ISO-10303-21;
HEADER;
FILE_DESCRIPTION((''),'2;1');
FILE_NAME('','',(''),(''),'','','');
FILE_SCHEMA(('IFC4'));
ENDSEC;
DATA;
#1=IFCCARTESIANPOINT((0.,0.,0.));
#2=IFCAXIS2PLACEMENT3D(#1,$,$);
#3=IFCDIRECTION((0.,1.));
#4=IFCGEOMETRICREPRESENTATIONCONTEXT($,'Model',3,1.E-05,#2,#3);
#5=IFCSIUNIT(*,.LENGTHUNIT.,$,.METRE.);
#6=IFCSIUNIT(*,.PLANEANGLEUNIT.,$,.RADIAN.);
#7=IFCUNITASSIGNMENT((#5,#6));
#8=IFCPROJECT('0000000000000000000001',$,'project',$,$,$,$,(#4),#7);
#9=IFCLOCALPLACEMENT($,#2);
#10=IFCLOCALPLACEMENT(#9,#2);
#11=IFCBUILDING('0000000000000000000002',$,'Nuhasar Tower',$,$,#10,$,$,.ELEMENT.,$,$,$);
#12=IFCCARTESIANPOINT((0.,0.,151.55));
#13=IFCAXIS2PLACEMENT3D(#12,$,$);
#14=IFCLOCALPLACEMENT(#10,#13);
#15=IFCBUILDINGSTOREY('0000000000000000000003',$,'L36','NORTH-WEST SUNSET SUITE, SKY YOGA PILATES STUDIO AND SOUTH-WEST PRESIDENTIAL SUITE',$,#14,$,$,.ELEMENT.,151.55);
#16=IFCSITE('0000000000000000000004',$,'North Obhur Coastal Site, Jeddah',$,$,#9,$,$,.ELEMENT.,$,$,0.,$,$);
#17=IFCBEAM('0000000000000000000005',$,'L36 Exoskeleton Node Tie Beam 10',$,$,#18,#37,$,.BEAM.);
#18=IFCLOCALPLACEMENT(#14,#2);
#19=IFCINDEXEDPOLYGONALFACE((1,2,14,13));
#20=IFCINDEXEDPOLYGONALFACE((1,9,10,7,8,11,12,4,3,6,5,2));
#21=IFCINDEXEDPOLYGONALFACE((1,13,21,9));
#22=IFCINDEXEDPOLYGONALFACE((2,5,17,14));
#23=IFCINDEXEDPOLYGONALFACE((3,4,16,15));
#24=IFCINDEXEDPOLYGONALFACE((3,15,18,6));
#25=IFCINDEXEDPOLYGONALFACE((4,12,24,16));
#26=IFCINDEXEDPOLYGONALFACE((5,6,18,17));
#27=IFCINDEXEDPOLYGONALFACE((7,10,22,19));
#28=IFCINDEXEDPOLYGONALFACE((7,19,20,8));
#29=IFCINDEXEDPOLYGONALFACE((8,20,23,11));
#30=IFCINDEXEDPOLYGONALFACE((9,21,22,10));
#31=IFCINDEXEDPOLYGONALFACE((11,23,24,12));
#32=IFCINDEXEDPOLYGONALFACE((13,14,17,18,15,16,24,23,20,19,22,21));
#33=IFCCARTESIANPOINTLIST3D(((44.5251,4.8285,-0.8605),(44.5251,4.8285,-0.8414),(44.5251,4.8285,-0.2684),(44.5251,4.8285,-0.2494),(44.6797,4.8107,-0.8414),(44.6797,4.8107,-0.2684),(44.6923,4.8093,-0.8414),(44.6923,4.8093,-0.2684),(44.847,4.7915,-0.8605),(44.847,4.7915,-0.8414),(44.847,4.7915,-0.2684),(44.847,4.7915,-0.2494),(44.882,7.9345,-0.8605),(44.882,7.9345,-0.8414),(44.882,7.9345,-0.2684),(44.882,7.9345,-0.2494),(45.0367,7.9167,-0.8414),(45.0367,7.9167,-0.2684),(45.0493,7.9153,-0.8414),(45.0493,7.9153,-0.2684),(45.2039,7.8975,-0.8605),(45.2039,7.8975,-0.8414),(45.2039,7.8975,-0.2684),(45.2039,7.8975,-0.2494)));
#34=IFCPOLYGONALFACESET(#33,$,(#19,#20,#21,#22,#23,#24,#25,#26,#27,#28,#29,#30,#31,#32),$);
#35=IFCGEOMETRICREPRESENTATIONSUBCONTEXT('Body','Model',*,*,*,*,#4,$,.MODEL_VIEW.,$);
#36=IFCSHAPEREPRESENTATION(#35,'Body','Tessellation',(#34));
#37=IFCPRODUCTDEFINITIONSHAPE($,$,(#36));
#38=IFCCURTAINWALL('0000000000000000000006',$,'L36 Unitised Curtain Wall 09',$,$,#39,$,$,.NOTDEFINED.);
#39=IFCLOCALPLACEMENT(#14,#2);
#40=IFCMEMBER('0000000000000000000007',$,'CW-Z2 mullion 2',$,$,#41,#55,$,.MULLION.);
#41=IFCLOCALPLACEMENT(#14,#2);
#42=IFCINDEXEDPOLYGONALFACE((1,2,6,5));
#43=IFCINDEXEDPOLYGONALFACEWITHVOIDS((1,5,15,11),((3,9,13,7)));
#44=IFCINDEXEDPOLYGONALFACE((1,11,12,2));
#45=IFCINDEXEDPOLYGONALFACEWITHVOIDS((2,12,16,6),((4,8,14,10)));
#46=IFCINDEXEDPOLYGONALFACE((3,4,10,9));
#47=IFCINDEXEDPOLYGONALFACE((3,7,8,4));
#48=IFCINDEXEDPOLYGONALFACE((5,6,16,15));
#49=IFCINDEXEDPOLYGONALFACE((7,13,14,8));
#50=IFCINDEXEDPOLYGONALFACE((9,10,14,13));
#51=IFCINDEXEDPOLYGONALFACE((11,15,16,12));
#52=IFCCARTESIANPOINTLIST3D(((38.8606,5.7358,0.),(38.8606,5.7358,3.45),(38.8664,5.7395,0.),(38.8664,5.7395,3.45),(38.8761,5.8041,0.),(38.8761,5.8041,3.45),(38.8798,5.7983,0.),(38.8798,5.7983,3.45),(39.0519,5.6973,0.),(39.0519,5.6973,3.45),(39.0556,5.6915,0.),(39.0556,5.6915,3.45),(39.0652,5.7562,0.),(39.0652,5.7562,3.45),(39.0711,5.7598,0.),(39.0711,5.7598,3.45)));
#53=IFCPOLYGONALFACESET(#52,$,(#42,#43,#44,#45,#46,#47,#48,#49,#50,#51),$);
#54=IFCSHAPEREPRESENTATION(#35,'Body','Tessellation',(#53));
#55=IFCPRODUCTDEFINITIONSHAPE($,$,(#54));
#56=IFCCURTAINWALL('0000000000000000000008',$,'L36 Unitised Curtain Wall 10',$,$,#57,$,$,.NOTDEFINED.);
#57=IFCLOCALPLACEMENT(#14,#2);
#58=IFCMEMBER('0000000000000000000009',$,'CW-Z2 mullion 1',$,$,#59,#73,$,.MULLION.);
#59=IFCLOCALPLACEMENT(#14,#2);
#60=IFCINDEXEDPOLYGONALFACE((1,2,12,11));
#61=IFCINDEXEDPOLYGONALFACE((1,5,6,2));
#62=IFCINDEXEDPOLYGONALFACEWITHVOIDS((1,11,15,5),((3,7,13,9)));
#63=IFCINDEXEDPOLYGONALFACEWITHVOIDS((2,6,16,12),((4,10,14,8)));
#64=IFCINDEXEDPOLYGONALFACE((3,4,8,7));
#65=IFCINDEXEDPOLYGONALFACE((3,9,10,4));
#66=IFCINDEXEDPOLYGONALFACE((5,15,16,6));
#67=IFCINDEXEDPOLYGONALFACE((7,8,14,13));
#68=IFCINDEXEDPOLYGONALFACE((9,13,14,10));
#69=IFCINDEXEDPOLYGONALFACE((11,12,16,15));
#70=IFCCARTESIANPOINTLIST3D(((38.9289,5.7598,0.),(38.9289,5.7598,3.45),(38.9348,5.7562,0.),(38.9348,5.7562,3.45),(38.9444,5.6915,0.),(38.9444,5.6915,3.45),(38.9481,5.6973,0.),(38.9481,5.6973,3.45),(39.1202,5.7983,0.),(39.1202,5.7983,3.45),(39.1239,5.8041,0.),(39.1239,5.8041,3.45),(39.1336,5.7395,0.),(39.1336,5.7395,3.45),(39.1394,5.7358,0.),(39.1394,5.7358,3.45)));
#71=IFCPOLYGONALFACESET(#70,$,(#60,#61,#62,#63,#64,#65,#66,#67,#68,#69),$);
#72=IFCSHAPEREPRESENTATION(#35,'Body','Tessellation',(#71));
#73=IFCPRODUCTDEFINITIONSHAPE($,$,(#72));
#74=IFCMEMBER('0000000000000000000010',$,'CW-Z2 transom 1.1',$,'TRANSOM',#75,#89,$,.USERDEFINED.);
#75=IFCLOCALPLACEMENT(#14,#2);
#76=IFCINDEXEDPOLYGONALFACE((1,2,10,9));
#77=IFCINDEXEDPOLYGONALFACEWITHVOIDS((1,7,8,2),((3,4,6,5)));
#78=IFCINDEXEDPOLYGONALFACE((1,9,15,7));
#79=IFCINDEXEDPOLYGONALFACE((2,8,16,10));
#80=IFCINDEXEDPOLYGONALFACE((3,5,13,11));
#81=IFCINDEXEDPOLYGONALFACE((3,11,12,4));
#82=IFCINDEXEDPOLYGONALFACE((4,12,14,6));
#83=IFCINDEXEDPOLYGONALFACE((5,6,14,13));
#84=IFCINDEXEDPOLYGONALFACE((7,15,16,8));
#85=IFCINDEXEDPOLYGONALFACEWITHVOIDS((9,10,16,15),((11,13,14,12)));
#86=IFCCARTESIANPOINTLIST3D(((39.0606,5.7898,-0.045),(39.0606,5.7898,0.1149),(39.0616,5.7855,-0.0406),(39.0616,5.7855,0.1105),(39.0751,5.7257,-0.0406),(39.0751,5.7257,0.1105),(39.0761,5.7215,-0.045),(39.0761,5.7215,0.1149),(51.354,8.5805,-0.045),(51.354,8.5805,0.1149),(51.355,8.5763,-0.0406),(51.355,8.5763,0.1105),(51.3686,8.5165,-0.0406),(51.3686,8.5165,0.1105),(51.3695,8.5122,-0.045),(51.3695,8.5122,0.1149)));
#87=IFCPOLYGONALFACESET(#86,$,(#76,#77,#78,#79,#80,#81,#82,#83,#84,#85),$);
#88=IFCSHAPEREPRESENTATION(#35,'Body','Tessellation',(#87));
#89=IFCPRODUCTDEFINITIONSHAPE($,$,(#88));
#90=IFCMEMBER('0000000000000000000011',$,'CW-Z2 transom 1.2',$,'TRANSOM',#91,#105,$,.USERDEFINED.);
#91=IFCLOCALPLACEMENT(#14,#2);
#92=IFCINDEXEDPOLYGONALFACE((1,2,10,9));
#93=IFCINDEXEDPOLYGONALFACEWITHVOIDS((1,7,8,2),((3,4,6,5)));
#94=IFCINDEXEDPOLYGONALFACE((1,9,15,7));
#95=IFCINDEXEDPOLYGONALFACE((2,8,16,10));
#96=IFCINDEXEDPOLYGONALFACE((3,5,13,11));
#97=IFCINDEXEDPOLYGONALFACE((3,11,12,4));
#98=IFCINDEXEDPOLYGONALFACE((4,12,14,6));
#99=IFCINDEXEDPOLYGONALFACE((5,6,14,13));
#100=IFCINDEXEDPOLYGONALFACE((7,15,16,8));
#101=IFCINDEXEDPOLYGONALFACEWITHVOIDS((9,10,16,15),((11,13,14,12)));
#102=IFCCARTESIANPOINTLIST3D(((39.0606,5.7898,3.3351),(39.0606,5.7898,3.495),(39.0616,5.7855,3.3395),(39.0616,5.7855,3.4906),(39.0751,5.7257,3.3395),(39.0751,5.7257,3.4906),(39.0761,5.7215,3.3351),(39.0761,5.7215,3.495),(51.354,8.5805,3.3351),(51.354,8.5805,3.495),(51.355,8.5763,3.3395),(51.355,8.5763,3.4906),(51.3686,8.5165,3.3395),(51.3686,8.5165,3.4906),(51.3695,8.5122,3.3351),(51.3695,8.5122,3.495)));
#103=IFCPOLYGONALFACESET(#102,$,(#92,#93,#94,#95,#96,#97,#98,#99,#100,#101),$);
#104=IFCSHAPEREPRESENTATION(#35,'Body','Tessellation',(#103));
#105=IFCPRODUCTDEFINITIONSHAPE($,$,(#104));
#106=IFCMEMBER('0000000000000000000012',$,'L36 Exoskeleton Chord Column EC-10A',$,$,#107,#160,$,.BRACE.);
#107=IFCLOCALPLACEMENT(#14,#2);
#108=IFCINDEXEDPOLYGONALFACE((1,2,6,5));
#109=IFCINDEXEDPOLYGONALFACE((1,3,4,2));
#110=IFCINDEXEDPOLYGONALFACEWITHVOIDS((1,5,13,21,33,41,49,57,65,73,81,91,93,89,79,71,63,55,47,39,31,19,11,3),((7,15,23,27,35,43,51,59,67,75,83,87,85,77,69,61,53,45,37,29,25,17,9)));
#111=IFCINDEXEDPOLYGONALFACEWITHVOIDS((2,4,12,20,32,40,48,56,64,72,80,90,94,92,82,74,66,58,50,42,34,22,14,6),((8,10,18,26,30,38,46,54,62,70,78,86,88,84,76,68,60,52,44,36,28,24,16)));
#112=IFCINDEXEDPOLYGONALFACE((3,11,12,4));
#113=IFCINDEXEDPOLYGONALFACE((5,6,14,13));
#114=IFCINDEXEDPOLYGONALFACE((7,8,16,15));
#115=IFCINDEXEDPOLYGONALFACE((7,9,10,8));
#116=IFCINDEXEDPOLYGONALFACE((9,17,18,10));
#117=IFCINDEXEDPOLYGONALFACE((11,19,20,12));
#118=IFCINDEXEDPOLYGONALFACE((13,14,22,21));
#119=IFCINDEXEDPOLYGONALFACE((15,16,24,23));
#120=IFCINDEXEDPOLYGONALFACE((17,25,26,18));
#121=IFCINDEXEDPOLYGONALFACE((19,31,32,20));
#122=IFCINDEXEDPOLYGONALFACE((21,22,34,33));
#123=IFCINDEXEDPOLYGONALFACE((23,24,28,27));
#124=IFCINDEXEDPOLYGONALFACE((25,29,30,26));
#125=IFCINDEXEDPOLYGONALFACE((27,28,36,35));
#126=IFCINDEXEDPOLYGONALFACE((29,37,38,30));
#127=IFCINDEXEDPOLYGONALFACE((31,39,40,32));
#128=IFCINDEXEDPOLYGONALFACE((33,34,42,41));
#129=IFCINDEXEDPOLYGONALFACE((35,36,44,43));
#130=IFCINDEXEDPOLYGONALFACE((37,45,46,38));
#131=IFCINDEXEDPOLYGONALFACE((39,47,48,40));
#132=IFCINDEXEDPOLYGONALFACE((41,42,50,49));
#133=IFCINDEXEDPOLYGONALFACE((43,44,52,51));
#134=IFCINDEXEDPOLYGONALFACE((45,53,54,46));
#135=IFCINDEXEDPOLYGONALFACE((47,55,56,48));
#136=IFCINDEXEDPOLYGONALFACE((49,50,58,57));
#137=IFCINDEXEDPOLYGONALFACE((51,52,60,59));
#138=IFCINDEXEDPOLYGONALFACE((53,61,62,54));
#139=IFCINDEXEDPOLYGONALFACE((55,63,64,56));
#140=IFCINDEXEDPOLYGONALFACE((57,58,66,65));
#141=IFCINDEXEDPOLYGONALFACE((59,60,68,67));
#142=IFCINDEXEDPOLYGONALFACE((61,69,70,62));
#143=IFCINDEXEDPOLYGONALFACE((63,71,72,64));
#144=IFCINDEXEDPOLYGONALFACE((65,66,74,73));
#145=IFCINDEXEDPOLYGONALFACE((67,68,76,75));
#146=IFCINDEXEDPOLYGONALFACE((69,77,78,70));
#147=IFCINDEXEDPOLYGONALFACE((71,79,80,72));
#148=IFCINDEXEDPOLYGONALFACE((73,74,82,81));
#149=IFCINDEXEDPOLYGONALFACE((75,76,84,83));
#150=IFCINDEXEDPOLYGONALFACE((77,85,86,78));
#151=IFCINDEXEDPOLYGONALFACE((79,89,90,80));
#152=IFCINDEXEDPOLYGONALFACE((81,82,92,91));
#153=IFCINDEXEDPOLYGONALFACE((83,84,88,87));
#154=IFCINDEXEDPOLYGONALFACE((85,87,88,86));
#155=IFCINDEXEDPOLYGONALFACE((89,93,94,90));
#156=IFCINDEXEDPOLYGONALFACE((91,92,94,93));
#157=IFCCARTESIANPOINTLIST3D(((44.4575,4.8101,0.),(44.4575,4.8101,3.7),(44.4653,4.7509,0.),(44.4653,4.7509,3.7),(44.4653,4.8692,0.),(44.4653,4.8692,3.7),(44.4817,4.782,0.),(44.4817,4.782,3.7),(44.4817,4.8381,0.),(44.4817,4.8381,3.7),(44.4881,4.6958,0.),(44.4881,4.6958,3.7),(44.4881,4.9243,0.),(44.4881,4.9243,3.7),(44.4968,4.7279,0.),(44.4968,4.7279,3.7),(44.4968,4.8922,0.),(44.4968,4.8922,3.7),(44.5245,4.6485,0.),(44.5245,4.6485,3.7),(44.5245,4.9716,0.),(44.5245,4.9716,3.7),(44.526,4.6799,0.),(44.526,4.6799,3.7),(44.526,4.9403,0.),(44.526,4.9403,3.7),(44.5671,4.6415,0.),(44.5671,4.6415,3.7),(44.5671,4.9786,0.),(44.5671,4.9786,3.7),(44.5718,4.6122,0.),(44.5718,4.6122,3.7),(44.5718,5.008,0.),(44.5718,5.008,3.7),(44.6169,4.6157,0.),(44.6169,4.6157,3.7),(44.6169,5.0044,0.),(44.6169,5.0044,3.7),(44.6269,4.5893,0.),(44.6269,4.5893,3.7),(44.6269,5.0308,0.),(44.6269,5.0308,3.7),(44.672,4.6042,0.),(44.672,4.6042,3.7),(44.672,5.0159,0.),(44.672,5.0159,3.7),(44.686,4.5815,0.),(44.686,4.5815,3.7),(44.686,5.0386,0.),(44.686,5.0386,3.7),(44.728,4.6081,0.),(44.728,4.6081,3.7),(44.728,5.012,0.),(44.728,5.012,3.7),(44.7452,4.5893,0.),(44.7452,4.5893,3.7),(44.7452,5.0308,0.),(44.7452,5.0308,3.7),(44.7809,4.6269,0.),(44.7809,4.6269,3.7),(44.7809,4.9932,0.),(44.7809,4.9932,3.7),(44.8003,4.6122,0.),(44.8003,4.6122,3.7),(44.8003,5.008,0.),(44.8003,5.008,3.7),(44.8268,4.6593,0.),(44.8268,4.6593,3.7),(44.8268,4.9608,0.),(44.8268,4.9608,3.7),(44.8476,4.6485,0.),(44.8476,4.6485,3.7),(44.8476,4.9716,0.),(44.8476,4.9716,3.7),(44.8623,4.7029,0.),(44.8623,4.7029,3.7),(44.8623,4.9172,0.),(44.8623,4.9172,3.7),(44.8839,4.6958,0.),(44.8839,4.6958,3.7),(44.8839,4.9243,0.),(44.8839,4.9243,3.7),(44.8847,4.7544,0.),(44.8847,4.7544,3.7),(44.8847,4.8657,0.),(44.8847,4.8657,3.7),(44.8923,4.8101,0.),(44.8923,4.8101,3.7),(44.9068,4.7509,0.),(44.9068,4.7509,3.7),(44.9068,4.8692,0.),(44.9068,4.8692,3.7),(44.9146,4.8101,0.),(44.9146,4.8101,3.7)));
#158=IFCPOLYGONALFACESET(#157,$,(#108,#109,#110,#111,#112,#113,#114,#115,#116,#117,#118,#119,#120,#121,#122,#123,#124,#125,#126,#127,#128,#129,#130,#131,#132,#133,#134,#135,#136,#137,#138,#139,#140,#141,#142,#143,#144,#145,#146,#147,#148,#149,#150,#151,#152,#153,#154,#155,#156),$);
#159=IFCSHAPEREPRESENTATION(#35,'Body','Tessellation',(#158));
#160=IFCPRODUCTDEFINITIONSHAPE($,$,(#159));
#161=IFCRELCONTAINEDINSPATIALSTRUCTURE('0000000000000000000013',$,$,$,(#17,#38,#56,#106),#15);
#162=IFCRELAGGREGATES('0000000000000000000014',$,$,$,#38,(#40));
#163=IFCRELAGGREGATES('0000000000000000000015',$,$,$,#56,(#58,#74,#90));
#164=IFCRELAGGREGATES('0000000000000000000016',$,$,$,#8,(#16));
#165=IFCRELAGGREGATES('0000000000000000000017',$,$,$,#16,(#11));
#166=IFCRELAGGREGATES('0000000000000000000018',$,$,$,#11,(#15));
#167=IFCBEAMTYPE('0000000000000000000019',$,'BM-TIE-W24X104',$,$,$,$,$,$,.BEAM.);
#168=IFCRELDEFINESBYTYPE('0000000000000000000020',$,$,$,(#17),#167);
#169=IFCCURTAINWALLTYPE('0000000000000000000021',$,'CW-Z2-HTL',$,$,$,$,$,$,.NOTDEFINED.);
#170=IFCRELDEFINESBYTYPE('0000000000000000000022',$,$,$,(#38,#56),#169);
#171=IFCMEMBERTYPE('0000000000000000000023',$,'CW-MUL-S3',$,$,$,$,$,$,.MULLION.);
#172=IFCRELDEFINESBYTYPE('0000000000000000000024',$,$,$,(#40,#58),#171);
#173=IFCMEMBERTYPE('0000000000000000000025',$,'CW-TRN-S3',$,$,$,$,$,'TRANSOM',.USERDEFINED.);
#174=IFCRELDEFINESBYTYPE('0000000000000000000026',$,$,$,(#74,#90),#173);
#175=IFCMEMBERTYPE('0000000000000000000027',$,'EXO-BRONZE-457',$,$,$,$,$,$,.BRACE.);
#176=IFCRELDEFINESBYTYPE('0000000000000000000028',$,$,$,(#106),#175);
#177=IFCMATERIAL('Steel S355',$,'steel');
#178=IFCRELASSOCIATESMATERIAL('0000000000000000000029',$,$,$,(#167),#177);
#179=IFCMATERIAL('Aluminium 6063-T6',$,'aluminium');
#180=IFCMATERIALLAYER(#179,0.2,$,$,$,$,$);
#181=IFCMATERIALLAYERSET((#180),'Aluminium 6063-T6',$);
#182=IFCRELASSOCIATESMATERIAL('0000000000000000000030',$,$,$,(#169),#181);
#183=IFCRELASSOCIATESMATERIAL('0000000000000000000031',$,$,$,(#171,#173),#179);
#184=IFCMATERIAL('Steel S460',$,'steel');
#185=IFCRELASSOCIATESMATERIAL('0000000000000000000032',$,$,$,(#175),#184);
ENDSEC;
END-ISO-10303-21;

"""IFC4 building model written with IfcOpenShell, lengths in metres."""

from ifc_helpers import new_model, si_unit, direction, frame, origin, origin_2d, place, context, subcontext, project, spatial, hollow_rectangle, hollow_circle, i_section, extrude, material, layer, layer_set, material_profile, profile_set, type_object, element, aggregate, save


model = new_model("IFC4")

# Units and contexts
model_context = context("Model", 3, precision=1e-05, world=origin(), true_north=direction((0.0, 1.0)))
body_context = subcontext(model_context, "Body", "Model", "MODEL_VIEW")
ifc_project = project(units=[si_unit("LENGTHUNIT", "METRE"), si_unit("PLANEANGLEUNIT", "RADIAN")], contexts=[model_context])

# Site, building, storey
site_placement = place(None, origin())
site = spatial("IfcSite", under=ifc_project, at=site_placement, Name="North Obhur Coastal Site, Jeddah", CompositionType="ELEMENT", RefElevation=0.0)
building_placement = place(site_placement, origin())
building = spatial("IfcBuilding", under=site, at=building_placement, Name="Nuhasar Tower", CompositionType="ELEMENT")
storey_placement = place(building_placement, frame((0.0, 0.0, 151.55)))
storey = spatial("IfcBuildingStorey", under=building, at=storey_placement, Name="L36", Description="NORTH-WEST SUNSET SUITE, SKY YOGA PILATES STUDIO AND SOUTH-WEST PRESIDENTIAL SUITE", CompositionType="ELEMENT", Elevation=151.55)

# Beam
ifc_material_1 = material(Name="Steel S355", Category="steel")
ifc_material_profile_1 = material_profile(ifc_material_1, i_section(OverallWidth=0.324, OverallDepth=0.6111, WebThickness=0.0127, FlangeThickness=0.019, at=origin_2d()), Name="W24X104")
ifc_profile_set_1 = profile_set([ifc_material_profile_1], Name="Steel S355")
beam_type_1 = type_object("IfcBeamType", Name="BM-TIE-W24X104", PredefinedType="BEAM", material=ifc_profile_set_1)
beam_1_placement = place(storey_placement, frame((45.043, 7.916, -0.5549), z_axis=(-0.114168, -0.993461, 0.0), x_axis=(0.993461, -0.114168, 0.0)))
element("IfcBeam", 1, at=beam_1_placement, inside=storey, type_object=beam_type_1, Name="L36 Exoskeleton Node Tie Beam 10", PredefinedType="BEAM", context=body_context, shape_type="SweptSolid", body=[
    extrude(i_section(OverallWidth=0.324, OverallDepth=0.6111, WebThickness=0.0127, FlangeThickness=0.019, at=origin_2d()), origin(), (0.0, 0.0, 1.0), 3.1265),
])

# Curtain wall, member
ifc_material_2 = material(Name="Aluminium 6063-T6", Category="aluminium")
ifc_layer_1 = layer(ifc_material_2, 0.2)
ifc_layer_set_1 = layer_set([ifc_layer_1], Name="Aluminium 6063-T6")
curtain_wall_type = type_object("IfcCurtainWallType", Name="CW-Z2-HTL", PredefinedType="NOTDEFINED", material=ifc_layer_set_1)
curtain_wall_1_placement = place(storey_placement, origin())
curtain_wall_1 = element("IfcCurtainWall", 2, at=curtain_wall_1_placement, inside=storey, type_object=curtain_wall_type, Name="L36 Unitised Curtain Wall 09", PredefinedType="NOTDEFINED")
ifc_material_profile_2 = material_profile(ifc_material_2, hollow_rectangle(XDim=0.0701, YDim=0.2, WallThickness=0.0049, at=origin_2d()), Name="CWM-3")
ifc_profile_set_2 = profile_set([ifc_material_profile_2], Name="Aluminium 6063-T6")
member_type_1 = type_object("IfcMemberType", Name="CW-MUL-S3", PredefinedType="MULLION", material=ifc_profile_set_2)
member_1_placement = place(storey_placement, frame((38.9658, 5.7478, 0.0), z_axis=(0.0, 0.0, 1.0), x_axis=(0.221397, 0.975184, 0.0)))
member_1 = element("IfcMember", 3, at=member_1_placement, type_object=member_type_1, Name="CW-Z2 mullion 2", PredefinedType="MULLION", context=body_context, shape_type="SweptSolid", body=[
    extrude(hollow_rectangle(XDim=0.0701, YDim=0.2, WallThickness=0.0049, at=origin_2d()), origin(), (0.0, 0.0, 1.0), 3.45),
])
aggregate(curtain_wall_1, [member_1])

# Curtain wall, members
curtain_wall_2_placement = place(storey_placement, origin())
curtain_wall_2 = element("IfcCurtainWall", 4, at=curtain_wall_2_placement, inside=storey, type_object=curtain_wall_type, Name="L36 Unitised Curtain Wall 10", PredefinedType="NOTDEFINED")
member_2_placement = place(storey_placement, frame((39.0342, 5.7478, 0.0), z_axis=(0.0, 0.0, 1.0), x_axis=(-0.221397, 0.975184, 0.0)))
member_2 = element("IfcMember", 5, at=member_2_placement, type_object=member_type_1, Name="CW-Z2 mullion 1", PredefinedType="MULLION", context=body_context, shape_type="SweptSolid", body=[
    extrude(hollow_rectangle(XDim=0.0701, YDim=0.2, WallThickness=0.0049, at=origin_2d()), origin(), (0.0, 0.0, 1.0), 3.45),
])
ifc_material_profile_3 = material_profile(ifc_material_2, hollow_rectangle(XDim=0.0701, YDim=0.1599, WallThickness=0.0044, at=origin_2d()), Name="CWT-3")
ifc_profile_set_3 = profile_set([ifc_material_profile_3], Name="Aluminium 6063-T6")
member_type_2 = type_object("IfcMemberType", Name="CW-TRN-S3", ElementType="TRANSOM", PredefinedType="USERDEFINED", material=ifc_profile_set_3)
member_3_placement = place(storey_placement, frame((39.0684, 5.7556, 0.0349), z_axis=(0.975188, 0.22138, 0.0), x_axis=(-0.22138, 0.975188, 0.0)))
member_3 = element("IfcMember", 6, at=member_3_placement, type_object=member_type_2, Name="CW-Z2 transom 1.1", ObjectType="TRANSOM", PredefinedType="USERDEFINED", context=body_context, shape_type="SweptSolid", body=[
    extrude(hollow_rectangle(XDim=0.0701, YDim=0.1599, WallThickness=0.0044, at=origin_2d()), origin(), (0.0, 0.0, 1.0), 12.6062),
])
member_4_placement = place(storey_placement, frame((39.0684, 5.7556, 3.415), z_axis=(0.975188, 0.22138, 0.0), x_axis=(-0.22138, 0.975188, 0.0)))
member_4 = element("IfcMember", 7, at=member_4_placement, type_object=member_type_2, Name="CW-Z2 transom 1.2", ObjectType="TRANSOM", PredefinedType="USERDEFINED", context=body_context, shape_type="SweptSolid", body=[
    extrude(hollow_rectangle(XDim=0.0701, YDim=0.1599, WallThickness=0.0044, at=origin_2d()), origin(), (0.0, 0.0, 1.0), 12.6062),
])

# Member
ifc_material_3 = material(Name="Steel S460", Category="steel")
ifc_material_profile_4 = material_profile(ifc_material_3, hollow_circle(Radius=0.2285, WallThickness=0.0222, at=origin_2d()), Name="HSS457X22.2")
ifc_profile_set_4 = profile_set([ifc_material_profile_4], Name="Steel S460")
member_type_3 = type_object("IfcMemberType", Name="EXO-BRONZE-457", PredefinedType="BRACE", material=ifc_profile_set_4)
member_5_placement = place(storey_placement, frame((44.686, 4.8101, 0.0), z_axis=(0.0, 0.0, 1.0), x_axis=(1.0, 0.0, 0.0)))
element("IfcMember", 8, at=member_5_placement, inside=storey, type_object=member_type_3, Name="L36 Exoskeleton Chord Column EC-10A", PredefinedType="BRACE", context=body_context, shape_type="SweptSolid", body=[
    extrude(hollow_circle(Radius=0.2285, WallThickness=0.0222, at=origin_2d()), origin(), (0.0, 0.0, 1.0), 3.7),
])

aggregate(curtain_wall_2, [member_2, member_3, member_4])

save(model, "model.ifc")
